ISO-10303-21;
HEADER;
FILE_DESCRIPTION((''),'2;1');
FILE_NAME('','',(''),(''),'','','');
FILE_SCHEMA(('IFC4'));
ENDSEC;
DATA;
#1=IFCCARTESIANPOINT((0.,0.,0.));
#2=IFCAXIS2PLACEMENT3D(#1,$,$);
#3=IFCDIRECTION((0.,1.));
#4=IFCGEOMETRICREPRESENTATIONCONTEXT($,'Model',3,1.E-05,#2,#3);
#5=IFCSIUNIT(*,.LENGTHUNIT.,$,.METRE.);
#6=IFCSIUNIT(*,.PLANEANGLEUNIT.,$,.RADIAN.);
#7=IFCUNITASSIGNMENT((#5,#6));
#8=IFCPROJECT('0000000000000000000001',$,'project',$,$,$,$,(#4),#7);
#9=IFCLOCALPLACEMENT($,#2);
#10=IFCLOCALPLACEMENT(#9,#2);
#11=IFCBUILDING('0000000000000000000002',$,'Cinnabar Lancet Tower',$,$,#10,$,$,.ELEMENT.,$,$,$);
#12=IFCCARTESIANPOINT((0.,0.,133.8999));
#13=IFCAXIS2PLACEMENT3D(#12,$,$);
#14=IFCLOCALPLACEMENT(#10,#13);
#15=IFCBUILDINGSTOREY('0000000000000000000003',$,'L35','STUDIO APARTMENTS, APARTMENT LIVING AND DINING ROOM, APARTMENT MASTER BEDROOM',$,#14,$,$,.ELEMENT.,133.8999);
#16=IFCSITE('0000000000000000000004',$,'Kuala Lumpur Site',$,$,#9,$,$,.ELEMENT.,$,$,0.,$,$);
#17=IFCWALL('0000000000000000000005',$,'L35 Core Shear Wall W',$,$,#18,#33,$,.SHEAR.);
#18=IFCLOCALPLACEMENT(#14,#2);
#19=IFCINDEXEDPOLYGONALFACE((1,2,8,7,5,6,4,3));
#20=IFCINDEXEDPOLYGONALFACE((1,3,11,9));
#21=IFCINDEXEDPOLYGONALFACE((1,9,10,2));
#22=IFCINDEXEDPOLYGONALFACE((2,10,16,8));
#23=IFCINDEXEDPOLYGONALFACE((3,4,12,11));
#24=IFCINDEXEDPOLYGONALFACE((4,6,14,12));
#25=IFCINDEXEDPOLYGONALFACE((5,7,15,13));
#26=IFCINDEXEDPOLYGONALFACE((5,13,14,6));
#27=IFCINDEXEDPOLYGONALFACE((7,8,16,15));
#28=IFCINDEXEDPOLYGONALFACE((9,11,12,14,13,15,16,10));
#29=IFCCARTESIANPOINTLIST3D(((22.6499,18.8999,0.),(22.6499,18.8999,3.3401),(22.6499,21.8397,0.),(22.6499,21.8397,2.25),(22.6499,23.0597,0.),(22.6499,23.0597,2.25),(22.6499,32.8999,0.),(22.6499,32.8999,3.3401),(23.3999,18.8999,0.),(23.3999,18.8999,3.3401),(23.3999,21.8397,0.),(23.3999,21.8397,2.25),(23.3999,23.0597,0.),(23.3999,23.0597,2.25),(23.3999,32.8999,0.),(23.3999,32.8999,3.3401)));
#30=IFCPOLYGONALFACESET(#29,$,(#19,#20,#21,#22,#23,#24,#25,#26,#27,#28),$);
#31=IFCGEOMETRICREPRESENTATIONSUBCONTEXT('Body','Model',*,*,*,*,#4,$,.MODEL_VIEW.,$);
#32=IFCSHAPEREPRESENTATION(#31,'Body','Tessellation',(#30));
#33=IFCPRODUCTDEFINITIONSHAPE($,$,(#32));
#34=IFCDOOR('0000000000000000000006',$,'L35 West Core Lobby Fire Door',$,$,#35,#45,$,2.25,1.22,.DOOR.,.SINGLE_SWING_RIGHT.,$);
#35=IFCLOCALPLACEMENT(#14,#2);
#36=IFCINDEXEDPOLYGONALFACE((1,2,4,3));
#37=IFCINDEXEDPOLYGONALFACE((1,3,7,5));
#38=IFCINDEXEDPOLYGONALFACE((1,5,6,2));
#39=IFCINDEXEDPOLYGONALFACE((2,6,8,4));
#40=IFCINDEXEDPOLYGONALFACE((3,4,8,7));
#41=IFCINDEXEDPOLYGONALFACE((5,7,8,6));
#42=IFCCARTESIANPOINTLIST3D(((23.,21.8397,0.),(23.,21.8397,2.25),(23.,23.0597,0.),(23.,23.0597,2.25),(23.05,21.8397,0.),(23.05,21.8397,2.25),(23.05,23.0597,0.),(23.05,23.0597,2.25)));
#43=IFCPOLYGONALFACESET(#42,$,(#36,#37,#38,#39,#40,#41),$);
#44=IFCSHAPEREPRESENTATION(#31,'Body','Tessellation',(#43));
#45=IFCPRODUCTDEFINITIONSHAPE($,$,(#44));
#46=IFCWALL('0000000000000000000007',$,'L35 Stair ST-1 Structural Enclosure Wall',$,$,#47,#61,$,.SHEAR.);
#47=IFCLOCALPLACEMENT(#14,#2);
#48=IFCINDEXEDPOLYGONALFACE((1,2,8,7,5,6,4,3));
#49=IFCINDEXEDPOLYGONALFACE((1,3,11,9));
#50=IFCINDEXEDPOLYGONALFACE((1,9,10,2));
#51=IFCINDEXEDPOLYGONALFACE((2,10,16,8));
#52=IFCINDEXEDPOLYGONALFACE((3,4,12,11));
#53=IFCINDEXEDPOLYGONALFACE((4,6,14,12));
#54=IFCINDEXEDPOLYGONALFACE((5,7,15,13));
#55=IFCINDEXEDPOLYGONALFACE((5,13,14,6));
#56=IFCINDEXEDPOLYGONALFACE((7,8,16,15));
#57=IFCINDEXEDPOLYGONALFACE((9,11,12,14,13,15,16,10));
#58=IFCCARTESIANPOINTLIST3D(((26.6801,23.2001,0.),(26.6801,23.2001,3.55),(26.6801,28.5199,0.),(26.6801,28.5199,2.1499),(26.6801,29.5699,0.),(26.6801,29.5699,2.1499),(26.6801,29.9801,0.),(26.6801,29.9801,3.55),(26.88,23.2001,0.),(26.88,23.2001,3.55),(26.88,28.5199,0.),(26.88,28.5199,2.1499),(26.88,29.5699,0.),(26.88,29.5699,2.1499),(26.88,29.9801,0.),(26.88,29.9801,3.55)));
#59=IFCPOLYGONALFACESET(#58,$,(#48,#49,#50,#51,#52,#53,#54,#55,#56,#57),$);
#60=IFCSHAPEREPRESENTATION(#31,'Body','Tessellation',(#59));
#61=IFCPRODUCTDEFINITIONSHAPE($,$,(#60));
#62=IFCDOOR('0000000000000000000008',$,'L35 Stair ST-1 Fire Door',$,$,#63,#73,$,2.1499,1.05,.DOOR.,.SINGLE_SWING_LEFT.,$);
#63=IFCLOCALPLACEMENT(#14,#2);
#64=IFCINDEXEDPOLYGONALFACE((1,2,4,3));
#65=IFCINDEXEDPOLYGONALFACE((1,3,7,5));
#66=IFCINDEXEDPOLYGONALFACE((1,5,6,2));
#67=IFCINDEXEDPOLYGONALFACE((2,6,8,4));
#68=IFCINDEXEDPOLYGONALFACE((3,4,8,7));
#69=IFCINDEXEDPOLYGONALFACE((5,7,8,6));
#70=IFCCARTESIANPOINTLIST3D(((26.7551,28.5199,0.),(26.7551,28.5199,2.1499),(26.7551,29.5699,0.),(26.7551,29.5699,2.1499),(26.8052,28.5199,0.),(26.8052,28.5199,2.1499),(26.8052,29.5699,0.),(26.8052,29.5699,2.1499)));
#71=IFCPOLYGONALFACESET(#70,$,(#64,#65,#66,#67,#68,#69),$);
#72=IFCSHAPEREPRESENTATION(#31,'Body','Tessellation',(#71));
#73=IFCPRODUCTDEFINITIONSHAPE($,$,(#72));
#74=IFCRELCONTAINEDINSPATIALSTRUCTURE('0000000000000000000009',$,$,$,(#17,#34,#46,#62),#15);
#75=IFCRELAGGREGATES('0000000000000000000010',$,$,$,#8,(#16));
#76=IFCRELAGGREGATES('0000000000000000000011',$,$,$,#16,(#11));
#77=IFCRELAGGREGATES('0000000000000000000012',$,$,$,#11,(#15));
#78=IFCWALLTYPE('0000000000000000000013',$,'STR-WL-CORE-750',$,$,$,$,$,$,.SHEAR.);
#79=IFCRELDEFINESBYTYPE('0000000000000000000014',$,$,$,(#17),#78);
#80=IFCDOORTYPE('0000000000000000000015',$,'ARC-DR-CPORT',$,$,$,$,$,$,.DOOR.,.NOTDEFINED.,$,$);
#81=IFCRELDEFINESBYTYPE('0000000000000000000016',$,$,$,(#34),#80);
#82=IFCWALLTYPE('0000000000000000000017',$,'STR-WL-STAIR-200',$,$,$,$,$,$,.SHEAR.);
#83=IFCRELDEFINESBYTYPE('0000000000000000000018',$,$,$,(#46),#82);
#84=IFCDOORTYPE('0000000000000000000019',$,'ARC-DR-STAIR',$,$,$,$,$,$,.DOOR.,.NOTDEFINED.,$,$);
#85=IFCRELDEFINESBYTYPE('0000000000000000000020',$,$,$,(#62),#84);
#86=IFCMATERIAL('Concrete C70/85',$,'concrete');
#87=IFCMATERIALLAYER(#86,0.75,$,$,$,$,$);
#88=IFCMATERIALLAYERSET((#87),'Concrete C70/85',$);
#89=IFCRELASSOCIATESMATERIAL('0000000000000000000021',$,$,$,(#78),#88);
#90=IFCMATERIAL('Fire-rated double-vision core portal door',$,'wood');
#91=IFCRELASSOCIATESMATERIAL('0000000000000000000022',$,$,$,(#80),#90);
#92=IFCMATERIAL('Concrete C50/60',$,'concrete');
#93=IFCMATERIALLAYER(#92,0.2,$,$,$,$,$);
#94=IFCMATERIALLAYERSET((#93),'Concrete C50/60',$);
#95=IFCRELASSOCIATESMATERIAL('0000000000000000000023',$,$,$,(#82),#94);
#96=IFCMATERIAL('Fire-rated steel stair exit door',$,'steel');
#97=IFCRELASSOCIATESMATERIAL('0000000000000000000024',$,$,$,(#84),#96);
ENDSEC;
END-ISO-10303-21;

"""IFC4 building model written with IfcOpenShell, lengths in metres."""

from ifc_helpers import new_model, si_unit, direction, frame, frame_2d, origin, place, context, subcontext, project, spatial, rectangle, extrude, material, layer, layer_set, type_object, element, fill, save


model = new_model("IFC4")

# Units and contexts
model_context = context("Model", 3, precision=1e-05, world=origin(), true_north=direction((0.0, 1.0)))
body_context = subcontext(model_context, "Body", "Model", "MODEL_VIEW")
ifc_project = project(units=[si_unit("LENGTHUNIT", "METRE"), si_unit("PLANEANGLEUNIT", "RADIAN")], contexts=[model_context])

# Site, building, storey
site_placement = place(None, origin())
site = spatial("IfcSite", under=ifc_project, at=site_placement, Name="Kuala Lumpur Site", CompositionType="ELEMENT", RefElevation=0.0)
building_placement = place(site_placement, origin())
building = spatial("IfcBuilding", under=site, at=building_placement, Name="Cinnabar Lancet Tower", CompositionType="ELEMENT")
storey_placement = place(building_placement, frame((0.0, 0.0, 133.8999)))
storey = spatial("IfcBuildingStorey", under=building, at=storey_placement, Name="L35", Description="STUDIO APARTMENTS, APARTMENT LIVING AND DINING ROOM, APARTMENT MASTER BEDROOM", CompositionType="ELEMENT", Elevation=133.8999)

# Shared definitions
ifc_material_1 = material(Name="Concrete C70/85", Category="concrete")
ifc_layer_1 = layer(ifc_material_1, 0.75)
ifc_layer_set_1 = layer_set([ifc_layer_1], Name="Concrete C70/85")
wall_type_1 = type_object("IfcWallType", Name="STR-WL-CORE-750", PredefinedType="SHEAR", material=ifc_layer_set_1)

# Walls, openings, doors
wall_1_placement = place(storey_placement, frame((23.0249, 18.8999, 0.0), z_axis=(0.0, 0.0, 1.0), x_axis=(0.0, 1.0, 0.0)))
wall_1 = element("IfcWall", 1, at=wall_1_placement, inside=storey, type_object=wall_type_1, Name="L35 Core Shear Wall W", PredefinedType="SHEAR", context=body_context, shape_type="SweptSolid", body=[
    extrude(rectangle(XDim=14.0, YDim=0.75, at=frame_2d((7.0, 0.0))), origin(), (0.0, 0.0, 1.0), 3.3401),
])
opening_1_placement = place(wall_1_placement, frame((2.9399, 0.0, 0.0)))
opening_1 = element("IfcOpeningElement", 2, at=opening_1_placement, cuts=wall_1, PredefinedType="OPENING", context=body_context, shape_type="SweptSolid", body=[
    extrude(rectangle(XDim=1.22, YDim=2.25, at=frame_2d((0.6099, 1.125))), frame((0.0, 0.385, 0.0), z_axis=(0.0, -1.0, 0.0), x_axis=(1.0, 0.0, 0.0)), (0.0, 0.0, 1.0), 0.77),
])
ifc_material_2 = material(Name="Fire-rated double-vision core portal door", Category="wood")
door_type_1 = type_object("IfcDoorType", Name="ARC-DR-CPORT", OperationType="NOTDEFINED", PredefinedType="DOOR", material=ifc_material_2)
door_1_placement = place(opening_1_placement, origin())
door_1 = element("IfcDoor", 3, at=door_1_placement, inside=storey, type_object=door_type_1, Name="L35 West Core Lobby Fire Door", OperationType="SINGLE_SWING_RIGHT", OverallHeight=2.25, OverallWidth=1.22, PredefinedType="DOOR", context=body_context, shape_type="SweptSolid", body=[
    extrude(rectangle(XDim=1.22, YDim=2.25, at=frame_2d((0.6099, 1.125))), frame((0.0, 0.0249, 0.0), z_axis=(0.0, -1.0, 0.0), x_axis=(1.0, 0.0, 0.0)), (0.0, 0.0, 1.0), 0.05),
])
fill(opening_1, door_1)
ifc_material_3 = material(Name="Concrete C50/60", Category="concrete")
ifc_layer_2 = layer(ifc_material_3, 0.2)
ifc_layer_set_2 = layer_set([ifc_layer_2], Name="Concrete C50/60")
wall_type_2 = type_object("IfcWallType", Name="STR-WL-STAIR-200", PredefinedType="SHEAR", material=ifc_layer_set_2)
wall_2_placement = place(storey_placement, frame((26.78, 23.2, 0.0), z_axis=(0.0, 0.0, 1.0), x_axis=(0.0, 1.0, 0.0)))
wall_2 = element("IfcWall", 4, at=wall_2_placement, inside=storey, type_object=wall_type_2, Name="L35 Stair ST-1 Structural Enclosure Wall", PredefinedType="SHEAR", context=body_context, shape_type="SweptSolid", body=[
    extrude(rectangle(XDim=6.78, YDim=0.2, at=frame_2d((3.3901, 0.0))), origin(), (0.0, 0.0, 1.0), 3.55),
])
opening_2_placement = place(wall_2_placement, frame((5.3201, 0.0, 0.0)))
opening_2 = element("IfcOpeningElement", 5, at=opening_2_placement, cuts=wall_2, PredefinedType="OPENING", context=body_context, shape_type="SweptSolid", body=[
    extrude(rectangle(XDim=1.05, YDim=2.1499, at=frame_2d((0.5249, 1.075))), frame((0.0, 0.1099, 0.0), z_axis=(0.0, -1.0, 0.0), x_axis=(1.0, 0.0, 0.0)), (0.0, 0.0, 1.0), 0.22),
])
ifc_material_4 = material(Name="Fire-rated steel stair exit door", Category="steel")
door_type_2 = type_object("IfcDoorType", Name="ARC-DR-STAIR", OperationType="NOTDEFINED", PredefinedType="DOOR", material=ifc_material_4)
door_2_placement = place(opening_2_placement, origin())
door_2 = element("IfcDoor", 6, at=door_2_placement, inside=storey, type_object=door_type_2, Name="L35 Stair ST-1 Fire Door", OperationType="SINGLE_SWING_LEFT", OverallHeight=2.1499, OverallWidth=1.05, PredefinedType="DOOR", context=body_context, shape_type="SweptSolid", body=[
    extrude(rectangle(XDim=1.05, YDim=2.1499, at=frame_2d((0.5249, 1.075))), frame((0.0, 0.0249, 0.0), z_axis=(0.0, -1.0, 0.0), x_axis=(1.0, 0.0, 0.0)), (0.0, 0.0, 1.0), 0.05),
])
fill(opening_2, door_2)

save(model, "model.ifc")
